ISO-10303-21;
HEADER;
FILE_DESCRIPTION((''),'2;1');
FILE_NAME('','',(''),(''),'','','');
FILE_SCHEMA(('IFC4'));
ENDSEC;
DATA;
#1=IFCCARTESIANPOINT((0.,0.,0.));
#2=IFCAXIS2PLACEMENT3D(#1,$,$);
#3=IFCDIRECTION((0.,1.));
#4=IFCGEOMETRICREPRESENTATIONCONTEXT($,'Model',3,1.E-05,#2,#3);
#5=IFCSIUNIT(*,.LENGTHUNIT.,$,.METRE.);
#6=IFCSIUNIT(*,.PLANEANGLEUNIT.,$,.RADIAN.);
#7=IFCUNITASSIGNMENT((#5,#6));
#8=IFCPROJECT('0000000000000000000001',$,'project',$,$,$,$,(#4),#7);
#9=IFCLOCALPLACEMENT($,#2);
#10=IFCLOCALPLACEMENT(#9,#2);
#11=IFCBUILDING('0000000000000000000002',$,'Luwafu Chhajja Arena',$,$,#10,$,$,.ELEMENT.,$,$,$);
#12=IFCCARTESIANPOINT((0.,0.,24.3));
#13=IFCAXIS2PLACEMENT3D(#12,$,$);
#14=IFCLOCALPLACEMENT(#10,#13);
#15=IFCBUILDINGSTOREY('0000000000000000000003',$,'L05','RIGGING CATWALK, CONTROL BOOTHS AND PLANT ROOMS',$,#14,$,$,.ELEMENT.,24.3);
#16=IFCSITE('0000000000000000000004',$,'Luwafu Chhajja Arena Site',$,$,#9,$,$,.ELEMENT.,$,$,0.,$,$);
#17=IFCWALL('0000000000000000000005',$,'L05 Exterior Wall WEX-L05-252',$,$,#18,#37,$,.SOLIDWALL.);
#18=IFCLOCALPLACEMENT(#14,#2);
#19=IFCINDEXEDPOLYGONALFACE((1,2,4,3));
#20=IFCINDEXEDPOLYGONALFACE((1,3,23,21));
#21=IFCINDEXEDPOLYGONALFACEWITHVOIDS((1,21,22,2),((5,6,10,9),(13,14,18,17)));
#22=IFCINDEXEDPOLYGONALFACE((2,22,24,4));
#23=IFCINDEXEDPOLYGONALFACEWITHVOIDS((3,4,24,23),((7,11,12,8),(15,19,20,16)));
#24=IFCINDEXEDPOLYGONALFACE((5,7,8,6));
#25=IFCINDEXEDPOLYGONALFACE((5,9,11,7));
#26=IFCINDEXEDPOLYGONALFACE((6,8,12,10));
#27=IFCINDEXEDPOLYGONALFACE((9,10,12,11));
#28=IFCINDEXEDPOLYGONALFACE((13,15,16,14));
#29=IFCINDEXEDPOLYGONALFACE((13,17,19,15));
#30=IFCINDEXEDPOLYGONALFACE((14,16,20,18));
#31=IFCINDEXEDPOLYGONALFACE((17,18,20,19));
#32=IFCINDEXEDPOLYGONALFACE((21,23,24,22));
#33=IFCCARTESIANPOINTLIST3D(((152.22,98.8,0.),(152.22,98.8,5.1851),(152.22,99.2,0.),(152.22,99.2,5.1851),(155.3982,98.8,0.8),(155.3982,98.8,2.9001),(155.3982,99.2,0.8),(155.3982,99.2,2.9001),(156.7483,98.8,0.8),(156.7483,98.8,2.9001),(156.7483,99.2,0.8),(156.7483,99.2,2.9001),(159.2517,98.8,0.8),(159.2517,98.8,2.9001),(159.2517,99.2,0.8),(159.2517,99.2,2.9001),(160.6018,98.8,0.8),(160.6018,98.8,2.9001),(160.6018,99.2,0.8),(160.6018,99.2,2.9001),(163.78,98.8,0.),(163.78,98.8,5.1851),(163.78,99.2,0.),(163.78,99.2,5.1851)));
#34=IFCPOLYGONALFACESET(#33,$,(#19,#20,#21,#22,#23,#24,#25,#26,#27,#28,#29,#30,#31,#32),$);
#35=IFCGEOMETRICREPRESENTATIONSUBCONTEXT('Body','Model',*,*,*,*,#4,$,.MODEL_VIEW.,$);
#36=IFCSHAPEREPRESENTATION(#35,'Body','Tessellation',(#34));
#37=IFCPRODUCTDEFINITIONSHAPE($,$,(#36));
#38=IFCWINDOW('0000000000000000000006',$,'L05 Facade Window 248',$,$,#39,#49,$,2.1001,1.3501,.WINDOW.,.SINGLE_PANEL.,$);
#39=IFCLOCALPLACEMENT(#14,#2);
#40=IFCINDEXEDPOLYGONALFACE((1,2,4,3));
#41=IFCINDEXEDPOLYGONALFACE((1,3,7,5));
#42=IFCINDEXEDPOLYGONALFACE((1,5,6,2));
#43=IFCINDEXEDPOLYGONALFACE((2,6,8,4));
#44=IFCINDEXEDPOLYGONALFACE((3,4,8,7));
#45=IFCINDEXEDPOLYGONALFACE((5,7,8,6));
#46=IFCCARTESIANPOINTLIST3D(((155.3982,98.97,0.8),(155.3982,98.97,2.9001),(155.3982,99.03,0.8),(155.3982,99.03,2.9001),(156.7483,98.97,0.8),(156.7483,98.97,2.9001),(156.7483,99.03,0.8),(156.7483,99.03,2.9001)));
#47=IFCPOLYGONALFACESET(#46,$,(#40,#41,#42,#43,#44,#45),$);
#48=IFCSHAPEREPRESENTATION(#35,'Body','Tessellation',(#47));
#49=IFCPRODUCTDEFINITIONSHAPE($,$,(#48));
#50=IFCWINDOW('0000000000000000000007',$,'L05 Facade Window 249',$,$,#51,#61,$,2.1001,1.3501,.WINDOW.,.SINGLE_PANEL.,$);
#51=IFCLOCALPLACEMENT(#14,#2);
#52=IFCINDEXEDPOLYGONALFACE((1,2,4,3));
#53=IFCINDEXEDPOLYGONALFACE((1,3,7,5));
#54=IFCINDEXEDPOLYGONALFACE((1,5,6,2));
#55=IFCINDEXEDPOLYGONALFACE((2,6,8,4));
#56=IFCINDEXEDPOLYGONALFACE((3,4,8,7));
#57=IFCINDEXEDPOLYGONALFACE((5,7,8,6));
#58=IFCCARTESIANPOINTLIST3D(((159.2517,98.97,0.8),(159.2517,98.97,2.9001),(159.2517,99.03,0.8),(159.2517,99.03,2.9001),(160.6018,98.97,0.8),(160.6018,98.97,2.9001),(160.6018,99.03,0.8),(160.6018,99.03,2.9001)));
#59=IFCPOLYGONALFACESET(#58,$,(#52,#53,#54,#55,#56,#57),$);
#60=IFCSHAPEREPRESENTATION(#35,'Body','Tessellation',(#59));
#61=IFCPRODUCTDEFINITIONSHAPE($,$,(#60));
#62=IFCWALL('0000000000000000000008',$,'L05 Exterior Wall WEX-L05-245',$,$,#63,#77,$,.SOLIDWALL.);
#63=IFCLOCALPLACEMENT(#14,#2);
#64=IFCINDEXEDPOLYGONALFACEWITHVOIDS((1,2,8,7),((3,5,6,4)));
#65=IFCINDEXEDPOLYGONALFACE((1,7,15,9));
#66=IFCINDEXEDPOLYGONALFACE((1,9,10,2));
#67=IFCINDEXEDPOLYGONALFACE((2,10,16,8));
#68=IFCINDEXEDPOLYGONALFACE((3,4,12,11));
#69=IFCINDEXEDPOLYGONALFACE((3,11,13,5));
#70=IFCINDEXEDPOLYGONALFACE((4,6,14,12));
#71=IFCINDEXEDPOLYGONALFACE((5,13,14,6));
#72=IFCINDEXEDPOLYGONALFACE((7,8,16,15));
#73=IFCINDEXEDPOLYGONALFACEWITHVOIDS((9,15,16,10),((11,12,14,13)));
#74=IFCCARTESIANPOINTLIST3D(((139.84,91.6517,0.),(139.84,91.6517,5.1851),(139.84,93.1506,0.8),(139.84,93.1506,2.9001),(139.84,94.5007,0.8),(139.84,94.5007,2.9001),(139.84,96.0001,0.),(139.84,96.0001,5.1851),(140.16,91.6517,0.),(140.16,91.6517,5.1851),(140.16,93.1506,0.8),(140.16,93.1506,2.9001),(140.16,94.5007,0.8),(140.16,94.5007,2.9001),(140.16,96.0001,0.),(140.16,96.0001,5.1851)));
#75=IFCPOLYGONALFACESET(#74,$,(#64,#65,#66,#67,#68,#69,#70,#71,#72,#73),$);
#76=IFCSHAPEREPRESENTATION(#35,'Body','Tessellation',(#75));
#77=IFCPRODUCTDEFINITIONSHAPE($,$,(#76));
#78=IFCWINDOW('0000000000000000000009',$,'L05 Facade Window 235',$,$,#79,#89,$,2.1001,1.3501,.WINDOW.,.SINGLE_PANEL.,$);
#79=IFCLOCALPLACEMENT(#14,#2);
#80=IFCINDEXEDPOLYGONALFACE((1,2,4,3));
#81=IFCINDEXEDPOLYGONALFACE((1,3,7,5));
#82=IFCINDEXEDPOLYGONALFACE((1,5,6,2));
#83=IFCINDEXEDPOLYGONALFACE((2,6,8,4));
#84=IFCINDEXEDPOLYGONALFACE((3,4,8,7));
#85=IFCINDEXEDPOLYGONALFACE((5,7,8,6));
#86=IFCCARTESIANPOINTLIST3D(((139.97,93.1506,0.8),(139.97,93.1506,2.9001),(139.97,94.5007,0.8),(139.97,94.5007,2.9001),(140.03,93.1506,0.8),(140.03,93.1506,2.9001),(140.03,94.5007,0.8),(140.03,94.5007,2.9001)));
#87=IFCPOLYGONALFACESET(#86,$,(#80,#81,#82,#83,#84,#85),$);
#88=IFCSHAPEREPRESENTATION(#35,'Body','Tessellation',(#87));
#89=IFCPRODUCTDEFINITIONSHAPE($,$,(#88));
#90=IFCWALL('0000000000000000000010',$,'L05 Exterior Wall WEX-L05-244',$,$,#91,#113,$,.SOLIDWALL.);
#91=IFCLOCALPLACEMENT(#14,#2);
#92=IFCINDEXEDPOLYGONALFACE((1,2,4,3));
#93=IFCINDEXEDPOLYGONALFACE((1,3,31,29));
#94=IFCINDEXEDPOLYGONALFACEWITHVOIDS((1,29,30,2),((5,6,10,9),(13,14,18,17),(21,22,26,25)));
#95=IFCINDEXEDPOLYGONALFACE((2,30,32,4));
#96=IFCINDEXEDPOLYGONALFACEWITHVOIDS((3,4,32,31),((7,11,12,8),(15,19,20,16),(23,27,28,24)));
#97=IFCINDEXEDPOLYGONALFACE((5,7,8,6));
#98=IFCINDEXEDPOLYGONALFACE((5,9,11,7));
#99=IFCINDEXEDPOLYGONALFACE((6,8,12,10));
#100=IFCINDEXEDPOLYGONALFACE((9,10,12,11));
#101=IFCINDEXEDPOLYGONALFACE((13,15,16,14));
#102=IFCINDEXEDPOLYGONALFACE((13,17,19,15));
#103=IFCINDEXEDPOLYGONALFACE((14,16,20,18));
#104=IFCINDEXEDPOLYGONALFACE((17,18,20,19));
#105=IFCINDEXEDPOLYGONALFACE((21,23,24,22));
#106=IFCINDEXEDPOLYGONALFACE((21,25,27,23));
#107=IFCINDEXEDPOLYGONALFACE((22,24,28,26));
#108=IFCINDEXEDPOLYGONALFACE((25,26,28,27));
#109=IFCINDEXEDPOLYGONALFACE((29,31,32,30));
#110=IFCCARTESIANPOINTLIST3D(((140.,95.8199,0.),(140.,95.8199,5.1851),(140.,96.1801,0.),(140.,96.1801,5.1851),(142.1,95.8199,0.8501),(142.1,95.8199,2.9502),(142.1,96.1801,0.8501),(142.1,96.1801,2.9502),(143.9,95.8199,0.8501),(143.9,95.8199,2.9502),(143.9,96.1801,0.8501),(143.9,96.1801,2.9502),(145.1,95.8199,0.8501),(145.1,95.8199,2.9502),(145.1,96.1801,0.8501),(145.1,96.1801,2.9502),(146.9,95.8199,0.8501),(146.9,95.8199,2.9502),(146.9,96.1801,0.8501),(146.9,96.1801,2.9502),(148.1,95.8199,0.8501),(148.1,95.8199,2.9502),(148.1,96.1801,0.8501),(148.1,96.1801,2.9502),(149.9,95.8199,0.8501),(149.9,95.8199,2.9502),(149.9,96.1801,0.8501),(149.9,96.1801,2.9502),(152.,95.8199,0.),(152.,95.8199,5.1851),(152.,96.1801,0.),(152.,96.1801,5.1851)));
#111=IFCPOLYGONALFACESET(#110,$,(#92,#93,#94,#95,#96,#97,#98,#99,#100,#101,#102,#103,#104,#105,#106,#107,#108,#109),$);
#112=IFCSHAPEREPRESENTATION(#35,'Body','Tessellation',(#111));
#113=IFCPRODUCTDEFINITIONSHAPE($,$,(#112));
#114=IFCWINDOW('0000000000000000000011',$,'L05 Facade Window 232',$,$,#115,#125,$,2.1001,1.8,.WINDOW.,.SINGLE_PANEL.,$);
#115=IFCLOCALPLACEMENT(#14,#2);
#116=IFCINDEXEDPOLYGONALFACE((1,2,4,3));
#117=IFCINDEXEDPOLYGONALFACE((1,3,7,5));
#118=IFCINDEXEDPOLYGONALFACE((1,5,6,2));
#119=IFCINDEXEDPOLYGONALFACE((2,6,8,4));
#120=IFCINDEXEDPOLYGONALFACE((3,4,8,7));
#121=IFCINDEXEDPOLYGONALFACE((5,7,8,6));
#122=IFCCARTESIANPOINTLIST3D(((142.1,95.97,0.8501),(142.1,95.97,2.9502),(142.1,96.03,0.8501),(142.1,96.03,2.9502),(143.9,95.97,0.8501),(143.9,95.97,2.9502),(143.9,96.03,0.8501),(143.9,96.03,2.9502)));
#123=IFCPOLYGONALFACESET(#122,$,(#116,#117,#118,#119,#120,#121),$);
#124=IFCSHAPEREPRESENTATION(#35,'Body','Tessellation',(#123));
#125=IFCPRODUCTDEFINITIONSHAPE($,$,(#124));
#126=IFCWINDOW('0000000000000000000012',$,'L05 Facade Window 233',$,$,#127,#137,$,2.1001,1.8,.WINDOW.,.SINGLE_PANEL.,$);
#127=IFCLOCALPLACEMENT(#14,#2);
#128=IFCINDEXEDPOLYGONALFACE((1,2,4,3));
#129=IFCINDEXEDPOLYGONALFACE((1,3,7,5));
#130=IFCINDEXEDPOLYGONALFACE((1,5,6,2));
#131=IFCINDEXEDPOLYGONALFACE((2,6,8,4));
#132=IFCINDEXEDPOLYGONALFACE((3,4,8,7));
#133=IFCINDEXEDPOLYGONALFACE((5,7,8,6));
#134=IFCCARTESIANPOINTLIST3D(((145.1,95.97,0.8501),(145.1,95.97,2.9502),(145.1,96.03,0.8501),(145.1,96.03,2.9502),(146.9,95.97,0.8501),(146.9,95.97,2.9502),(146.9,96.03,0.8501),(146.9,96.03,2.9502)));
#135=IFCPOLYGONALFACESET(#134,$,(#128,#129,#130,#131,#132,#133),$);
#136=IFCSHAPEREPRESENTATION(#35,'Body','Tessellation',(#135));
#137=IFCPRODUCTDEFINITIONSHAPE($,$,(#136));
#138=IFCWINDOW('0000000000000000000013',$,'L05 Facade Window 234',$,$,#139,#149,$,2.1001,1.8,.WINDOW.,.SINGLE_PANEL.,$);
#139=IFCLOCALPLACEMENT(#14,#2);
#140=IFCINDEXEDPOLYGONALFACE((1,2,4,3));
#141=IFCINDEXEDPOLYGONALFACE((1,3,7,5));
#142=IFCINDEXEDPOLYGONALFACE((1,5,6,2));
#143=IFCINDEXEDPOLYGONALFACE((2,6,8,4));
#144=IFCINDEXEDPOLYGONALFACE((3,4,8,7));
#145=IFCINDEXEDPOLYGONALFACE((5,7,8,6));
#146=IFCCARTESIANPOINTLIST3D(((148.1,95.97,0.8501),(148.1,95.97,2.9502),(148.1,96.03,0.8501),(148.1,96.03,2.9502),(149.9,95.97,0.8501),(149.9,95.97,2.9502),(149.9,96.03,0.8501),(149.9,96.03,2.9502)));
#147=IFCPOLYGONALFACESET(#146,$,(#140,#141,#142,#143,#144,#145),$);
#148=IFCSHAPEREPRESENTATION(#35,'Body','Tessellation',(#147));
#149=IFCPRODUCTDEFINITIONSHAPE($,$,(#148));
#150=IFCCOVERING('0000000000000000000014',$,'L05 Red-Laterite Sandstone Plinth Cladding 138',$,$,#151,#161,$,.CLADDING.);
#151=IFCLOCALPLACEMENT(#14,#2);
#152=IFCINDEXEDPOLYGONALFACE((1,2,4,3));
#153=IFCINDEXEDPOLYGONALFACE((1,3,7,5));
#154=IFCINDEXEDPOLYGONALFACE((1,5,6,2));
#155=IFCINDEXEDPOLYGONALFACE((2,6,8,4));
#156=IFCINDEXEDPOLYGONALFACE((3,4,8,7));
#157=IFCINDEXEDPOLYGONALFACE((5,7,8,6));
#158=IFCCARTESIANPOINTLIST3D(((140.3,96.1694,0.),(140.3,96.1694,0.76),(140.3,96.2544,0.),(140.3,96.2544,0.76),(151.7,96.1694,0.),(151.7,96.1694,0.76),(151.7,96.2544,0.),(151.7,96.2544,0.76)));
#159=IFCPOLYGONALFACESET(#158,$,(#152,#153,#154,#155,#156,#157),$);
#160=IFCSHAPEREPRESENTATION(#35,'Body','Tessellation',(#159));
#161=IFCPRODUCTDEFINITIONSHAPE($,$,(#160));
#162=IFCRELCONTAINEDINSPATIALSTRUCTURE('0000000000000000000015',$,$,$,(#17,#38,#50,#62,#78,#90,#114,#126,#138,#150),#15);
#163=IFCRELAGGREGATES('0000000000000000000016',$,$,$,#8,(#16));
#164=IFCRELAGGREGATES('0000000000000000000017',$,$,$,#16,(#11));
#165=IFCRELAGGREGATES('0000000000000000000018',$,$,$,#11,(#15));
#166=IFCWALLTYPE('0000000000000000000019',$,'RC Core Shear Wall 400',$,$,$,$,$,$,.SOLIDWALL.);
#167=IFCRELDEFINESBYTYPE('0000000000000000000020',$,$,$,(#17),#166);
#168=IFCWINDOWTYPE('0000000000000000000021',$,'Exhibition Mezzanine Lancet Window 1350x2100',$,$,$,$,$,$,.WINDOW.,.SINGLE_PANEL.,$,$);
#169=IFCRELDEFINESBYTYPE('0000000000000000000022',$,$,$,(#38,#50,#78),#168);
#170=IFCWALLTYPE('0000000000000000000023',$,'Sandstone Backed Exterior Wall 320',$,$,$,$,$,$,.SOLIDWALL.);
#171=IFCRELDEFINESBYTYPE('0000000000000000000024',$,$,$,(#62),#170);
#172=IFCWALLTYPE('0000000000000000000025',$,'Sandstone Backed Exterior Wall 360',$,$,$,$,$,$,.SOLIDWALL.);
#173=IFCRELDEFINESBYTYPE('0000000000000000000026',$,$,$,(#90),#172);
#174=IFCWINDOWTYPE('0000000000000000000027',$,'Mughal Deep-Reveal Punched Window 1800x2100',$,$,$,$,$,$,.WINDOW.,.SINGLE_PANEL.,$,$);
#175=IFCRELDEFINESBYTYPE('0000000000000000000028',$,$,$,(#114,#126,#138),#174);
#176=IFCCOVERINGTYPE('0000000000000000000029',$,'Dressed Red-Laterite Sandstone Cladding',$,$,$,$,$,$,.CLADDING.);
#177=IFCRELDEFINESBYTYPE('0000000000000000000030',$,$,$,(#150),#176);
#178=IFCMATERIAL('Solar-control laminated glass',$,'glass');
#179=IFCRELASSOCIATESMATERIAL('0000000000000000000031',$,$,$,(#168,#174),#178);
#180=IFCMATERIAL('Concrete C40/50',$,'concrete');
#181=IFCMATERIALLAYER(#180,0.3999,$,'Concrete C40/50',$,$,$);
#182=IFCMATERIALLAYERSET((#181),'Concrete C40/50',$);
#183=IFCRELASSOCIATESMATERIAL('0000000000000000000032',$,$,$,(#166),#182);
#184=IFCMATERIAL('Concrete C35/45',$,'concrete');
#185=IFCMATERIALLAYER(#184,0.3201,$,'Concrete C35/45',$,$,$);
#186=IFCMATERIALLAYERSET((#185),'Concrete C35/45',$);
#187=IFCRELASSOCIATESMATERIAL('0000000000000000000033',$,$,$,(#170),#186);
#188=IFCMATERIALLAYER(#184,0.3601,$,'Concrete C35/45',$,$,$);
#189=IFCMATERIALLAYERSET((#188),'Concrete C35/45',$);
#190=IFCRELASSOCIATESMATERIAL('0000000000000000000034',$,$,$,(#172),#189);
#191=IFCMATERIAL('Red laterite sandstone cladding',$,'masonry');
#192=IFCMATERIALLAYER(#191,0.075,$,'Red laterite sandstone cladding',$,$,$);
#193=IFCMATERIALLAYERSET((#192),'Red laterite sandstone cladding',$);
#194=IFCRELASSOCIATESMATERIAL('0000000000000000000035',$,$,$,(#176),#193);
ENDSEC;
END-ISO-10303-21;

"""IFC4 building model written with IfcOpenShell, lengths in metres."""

from ifc_helpers import new_model, si_unit, direction, frame, frame_2d, origin, origin_2d, place, context, subcontext, project, spatial, rectangle, extrude, material, layer, layer_set, type_object, element, fill, save


model = new_model("IFC4")

# Units and contexts
model_context = context("Model", 3, precision=1e-05, world=origin(), true_north=direction((0.0, 1.0)))
body_context = subcontext(model_context, "Body", "Model", "MODEL_VIEW")
ifc_project = project(units=[si_unit("LENGTHUNIT", "METRE"), si_unit("PLANEANGLEUNIT", "RADIAN")], contexts=[model_context])

# Site, building, storey
site_placement = place(None, origin())
site = spatial("IfcSite", under=ifc_project, at=site_placement, Name="Luwafu Chhajja Arena Site", CompositionType="ELEMENT", RefElevation=0.0)
building_placement = place(site_placement, origin())
building = spatial("IfcBuilding", under=site, at=building_placement, Name="Luwafu Chhajja Arena", CompositionType="ELEMENT")
storey_placement = place(building_placement, frame((0.0, 0.0, 24.3)))
storey = spatial("IfcBuildingStorey", under=building, at=storey_placement, Name="L05", Description="RIGGING CATWALK, CONTROL BOOTHS AND PLANT ROOMS", CompositionType="ELEMENT", Elevation=24.3)

# Shared definitions
ifc_material_1 = material(Name="Concrete C35/45", Category="concrete")

# Shared definitions
ifc_material_2 = material(Name="Concrete C40/50", Category="concrete")

# Shared definitions
ifc_material_3 = material(Name="Solar-control laminated glass", Category="glass")
window_type_1 = type_object("IfcWindowType", Name="Exhibition Mezzanine Lancet Window 1350x2100", PartitioningType="SINGLE_PANEL", PredefinedType="WINDOW", material=ifc_material_3)

# Wall, openings, windows
ifc_layer_1 = layer(ifc_material_2, 0.3999, Name="Concrete C40/50")
ifc_layer_set_1 = layer_set([ifc_layer_1], Name="Concrete C40/50")
wall_type_1 = type_object("IfcWallType", Name="RC Core Shear Wall 400", PredefinedType="SOLIDWALL", material=ifc_layer_set_1)
wall_1_placement = place(storey_placement, frame((152.22, 99.0, 0.0), z_axis=(0.0, 0.0, 1.0), x_axis=(1.0, 0.0, 0.0)))
wall_1 = element("IfcWall", 1, at=wall_1_placement, inside=storey, type_object=wall_type_1, Name="L05 Exterior Wall WEX-L05-252", PredefinedType="SOLIDWALL", context=body_context, shape_type="SweptSolid", body=[
    extrude(rectangle(XDim=11.5601, YDim=0.3999, at=frame_2d((5.78, 0.0))), origin(), (0.0, 0.0, 1.0), 5.1851),
])
opening_1_placement = place(wall_1_placement, frame((3.1782, 0.0, 0.8)))
opening_1 = element("IfcOpeningElement", 2, at=opening_1_placement, cuts=wall_1, PredefinedType="OPENING", context=body_context, shape_type="SweptSolid", body=[
    extrude(rectangle(XDim=1.3501, YDim=2.1001, at=frame_2d((0.675, 1.05))), frame((0.0, 0.21, 0.0), z_axis=(0.0, -1.0, 0.0), x_axis=(1.0, 0.0, 0.0)), (0.0, 0.0, 1.0), 0.4199),
])
opening_2_placement = place(wall_1_placement, frame((7.0317, 0.0, 0.8)))
opening_2 = element("IfcOpeningElement", 3, at=opening_2_placement, cuts=wall_1, PredefinedType="OPENING", context=body_context, shape_type="SweptSolid", body=[
    extrude(rectangle(XDim=1.3501, YDim=2.1001, at=frame_2d((0.675, 1.05))), frame((0.0, 0.21, 0.0), z_axis=(0.0, -1.0, 0.0), x_axis=(1.0, 0.0, 0.0)), (0.0, 0.0, 1.0), 0.4199),
])
window_1_placement = place(opening_1_placement, origin())
window_1 = element("IfcWindow", 4, at=window_1_placement, inside=storey, type_object=window_type_1, Name="L05 Facade Window 248", OverallHeight=2.1001, OverallWidth=1.3501, PartitioningType="SINGLE_PANEL", PredefinedType="WINDOW", context=body_context, shape_type="SweptSolid", body=[
    extrude(rectangle(XDim=1.3501, YDim=2.1001, at=frame_2d((0.675, 1.05))), frame((0.0, 0.03, 0.0), z_axis=(0.0, -1.0, 0.0), x_axis=(1.0, 0.0, 0.0)), (0.0, 0.0, 1.0), 0.0601),
])
fill(opening_1, window_1)
window_2_placement = place(opening_2_placement, origin())
window_2 = element("IfcWindow", 5, at=window_2_placement, inside=storey, type_object=window_type_1, Name="L05 Facade Window 249", OverallHeight=2.1001, OverallWidth=1.3501, PartitioningType="SINGLE_PANEL", PredefinedType="WINDOW", context=body_context, shape_type="SweptSolid", body=[
    extrude(rectangle(XDim=1.3501, YDim=2.1001, at=frame_2d((0.675, 1.05))), frame((0.0, 0.03, 0.0), z_axis=(0.0, -1.0, 0.0), x_axis=(1.0, 0.0, 0.0)), (0.0, 0.0, 1.0), 0.0601),
])
fill(opening_2, window_2)

# Wall, opening, window
ifc_layer_2 = layer(ifc_material_1, 0.3201, Name="Concrete C35/45")
ifc_layer_set_2 = layer_set([ifc_layer_2], Name="Concrete C35/45")
wall_type_2 = type_object("IfcWallType", Name="Sandstone Backed Exterior Wall 320", PredefinedType="SOLIDWALL", material=ifc_layer_set_2)
wall_2_placement = place(storey_placement, frame((140.0, 91.6516, 0.0), z_axis=(0.0, 0.0, 1.0), x_axis=(0.0, 1.0, 0.0)))
wall_2 = element("IfcWall", 6, at=wall_2_placement, inside=storey, type_object=wall_type_2, Name="L05 Exterior Wall WEX-L05-245", PredefinedType="SOLIDWALL", context=body_context, shape_type="SweptSolid", body=[
    extrude(rectangle(XDim=4.3484, YDim=0.3201, at=frame_2d((2.1743, 0.0))), origin(), (0.0, 0.0, 1.0), 5.1851),
])
opening_3_placement = place(wall_2_placement, frame((1.499, 0.0, 0.8)))
opening_3 = element("IfcOpeningElement", 7, at=opening_3_placement, cuts=wall_2, PredefinedType="OPENING", context=body_context, shape_type="SweptSolid", body=[
    extrude(rectangle(XDim=1.3501, YDim=2.1001, at=frame_2d((0.675, 1.05))), frame((0.0, 0.1699, 0.0), z_axis=(0.0, -1.0, 0.0), x_axis=(1.0, 0.0, 0.0)), (0.0, 0.0, 1.0), 0.3401),
])
window_3_placement = place(opening_3_placement, origin())
window_3 = element("IfcWindow", 8, at=window_3_placement, inside=storey, type_object=window_type_1, Name="L05 Facade Window 235", OverallHeight=2.1001, OverallWidth=1.3501, PartitioningType="SINGLE_PANEL", PredefinedType="WINDOW", context=body_context, shape_type="SweptSolid", body=[
    extrude(rectangle(XDim=1.3501, YDim=2.1001, at=frame_2d((0.675, 1.05))), frame((0.0, 0.03, 0.0), z_axis=(0.0, -1.0, 0.0), x_axis=(1.0, 0.0, 0.0)), (0.0, 0.0, 1.0), 0.0601),
])
fill(opening_3, window_3)

# Wall, openings, windows
ifc_layer_3 = layer(ifc_material_1, 0.3601, Name="Concrete C35/45")
ifc_layer_set_3 = layer_set([ifc_layer_3], Name="Concrete C35/45")
wall_type_3 = type_object("IfcWallType", Name="Sandstone Backed Exterior Wall 360", PredefinedType="SOLIDWALL", material=ifc_layer_set_3)
wall_3_placement = place(storey_placement, frame((140.0, 96.0, 0.0), z_axis=(0.0, 0.0, 1.0), x_axis=(1.0, 0.0, 0.0)))
wall_3 = element("IfcWall", 9, at=wall_3_placement, inside=storey, type_object=wall_type_3, Name="L05 Exterior Wall WEX-L05-244", PredefinedType="SOLIDWALL", context=body_context, shape_type="SweptSolid", body=[
    extrude(rectangle(XDim=12.0, YDim=0.3601, at=frame_2d((6.0, 0.0))), origin(), (0.0, 0.0, 1.0), 5.1851),
])
opening_4_placement = place(wall_3_placement, frame((2.1001, 0.0, 0.8501)))
opening_4 = element("IfcOpeningElement", 10, at=opening_4_placement, cuts=wall_3, PredefinedType="OPENING", context=body_context, shape_type="SweptSolid", body=[
    extrude(rectangle(XDim=1.8, YDim=2.1001, at=frame_2d((0.8999, 1.05))), frame((0.0, 0.1899, 0.0), z_axis=(0.0, -1.0, 0.0), x_axis=(1.0, 0.0, 0.0)), (0.0, 0.0, 1.0), 0.3801),
])
opening_5_placement = place(wall_3_placement, frame((5.1001, 0.0, 0.8501)))
opening_5 = element("IfcOpeningElement", 11, at=opening_5_placement, cuts=wall_3, PredefinedType="OPENING", context=body_context, shape_type="SweptSolid", body=[
    extrude(rectangle(XDim=1.8, YDim=2.1001, at=frame_2d((0.8999, 1.05))), frame((0.0, 0.1899, 0.0), z_axis=(0.0, -1.0, 0.0), x_axis=(1.0, 0.0, 0.0)), (0.0, 0.0, 1.0), 0.3801),
])
opening_6_placement = place(wall_3_placement, frame((8.1001, 0.0, 0.8501)))
opening_6 = element("IfcOpeningElement", 12, at=opening_6_placement, cuts=wall_3, PredefinedType="OPENING", context=body_context, shape_type="SweptSolid", body=[
    extrude(rectangle(XDim=1.8, YDim=2.1001, at=frame_2d((0.8999, 1.05))), frame((0.0, 0.1899, 0.0), z_axis=(0.0, -1.0, 0.0), x_axis=(1.0, 0.0, 0.0)), (0.0, 0.0, 1.0), 0.3801),
])
window_type_2 = type_object("IfcWindowType", Name="Mughal Deep-Reveal Punched Window 1800x2100", PartitioningType="SINGLE_PANEL", PredefinedType="WINDOW", material=ifc_material_3)
window_4_placement = place(opening_4_placement, origin())
window_4 = element("IfcWindow", 13, at=window_4_placement, inside=storey, type_object=window_type_2, Name="L05 Facade Window 232", OverallHeight=2.1001, OverallWidth=1.8, PartitioningType="SINGLE_PANEL", PredefinedType="WINDOW", context=body_context, shape_type="SweptSolid", body=[
    extrude(rectangle(XDim=1.8, YDim=2.1001, at=frame_2d((0.8999, 1.05))), frame((0.0, 0.03, 0.0), z_axis=(0.0, -1.0, 0.0), x_axis=(1.0, 0.0, 0.0)), (0.0, 0.0, 1.0), 0.0601),
])
fill(opening_4, window_4)
window_5_placement = place(opening_5_placement, origin())
window_5 = element("IfcWindow", 14, at=window_5_placement, inside=storey, type_object=window_type_2, Name="L05 Facade Window 233", OverallHeight=2.1001, OverallWidth=1.8, PartitioningType="SINGLE_PANEL", PredefinedType="WINDOW", context=body_context, shape_type="SweptSolid", body=[
    extrude(rectangle(XDim=1.8, YDim=2.1001, at=frame_2d((0.8999, 1.05))), frame((0.0, 0.03, 0.0), z_axis=(0.0, -1.0, 0.0), x_axis=(1.0, 0.0, 0.0)), (0.0, 0.0, 1.0), 0.0601),
])
fill(opening_5, window_5)
window_6_placement = place(opening_6_placement, origin())
window_6 = element("IfcWindow", 15, at=window_6_placement, inside=storey, type_object=window_type_2, Name="L05 Facade Window 234", OverallHeight=2.1001, OverallWidth=1.8, PartitioningType="SINGLE_PANEL", PredefinedType="WINDOW", context=body_context, shape_type="SweptSolid", body=[
    extrude(rectangle(XDim=1.8, YDim=2.1001, at=frame_2d((0.8999, 1.05))), frame((0.0, 0.03, 0.0), z_axis=(0.0, -1.0, 0.0), x_axis=(1.0, 0.0, 0.0)), (0.0, 0.0, 1.0), 0.0601),
])
fill(opening_6, window_6)

# Covering
ifc_material_4 = material(Name="Red laterite sandstone cladding", Category="masonry")
ifc_layer_4 = layer(ifc_material_4, 0.075, Name="Red laterite sandstone cladding")
ifc_layer_set_4 = layer_set([ifc_layer_4], Name="Red laterite sandstone cladding")
covering_type = type_object("IfcCoveringType", Name="Dressed Red-Laterite Sandstone Cladding", PredefinedType="CLADDING", material=ifc_layer_set_4)
covering_1_placement = place(storey_placement, frame((146.0, 96.2119, 0.0), z_axis=(0.0, 0.0, 1.0), x_axis=(1.0, 0.0, 0.0)))
element("IfcCovering", 16, at=covering_1_placement, inside=storey, type_object=covering_type, Name="L05 Red-Laterite Sandstone Plinth Cladding 138", PredefinedType="CLADDING", context=body_context, shape_type="SweptSolid", body=[
    extrude(rectangle(XDim=11.3999, YDim=0.085, at=origin_2d()), origin(), (0.0, 0.0, 1.0), 0.76),
])

save(model, "model.ifc")
